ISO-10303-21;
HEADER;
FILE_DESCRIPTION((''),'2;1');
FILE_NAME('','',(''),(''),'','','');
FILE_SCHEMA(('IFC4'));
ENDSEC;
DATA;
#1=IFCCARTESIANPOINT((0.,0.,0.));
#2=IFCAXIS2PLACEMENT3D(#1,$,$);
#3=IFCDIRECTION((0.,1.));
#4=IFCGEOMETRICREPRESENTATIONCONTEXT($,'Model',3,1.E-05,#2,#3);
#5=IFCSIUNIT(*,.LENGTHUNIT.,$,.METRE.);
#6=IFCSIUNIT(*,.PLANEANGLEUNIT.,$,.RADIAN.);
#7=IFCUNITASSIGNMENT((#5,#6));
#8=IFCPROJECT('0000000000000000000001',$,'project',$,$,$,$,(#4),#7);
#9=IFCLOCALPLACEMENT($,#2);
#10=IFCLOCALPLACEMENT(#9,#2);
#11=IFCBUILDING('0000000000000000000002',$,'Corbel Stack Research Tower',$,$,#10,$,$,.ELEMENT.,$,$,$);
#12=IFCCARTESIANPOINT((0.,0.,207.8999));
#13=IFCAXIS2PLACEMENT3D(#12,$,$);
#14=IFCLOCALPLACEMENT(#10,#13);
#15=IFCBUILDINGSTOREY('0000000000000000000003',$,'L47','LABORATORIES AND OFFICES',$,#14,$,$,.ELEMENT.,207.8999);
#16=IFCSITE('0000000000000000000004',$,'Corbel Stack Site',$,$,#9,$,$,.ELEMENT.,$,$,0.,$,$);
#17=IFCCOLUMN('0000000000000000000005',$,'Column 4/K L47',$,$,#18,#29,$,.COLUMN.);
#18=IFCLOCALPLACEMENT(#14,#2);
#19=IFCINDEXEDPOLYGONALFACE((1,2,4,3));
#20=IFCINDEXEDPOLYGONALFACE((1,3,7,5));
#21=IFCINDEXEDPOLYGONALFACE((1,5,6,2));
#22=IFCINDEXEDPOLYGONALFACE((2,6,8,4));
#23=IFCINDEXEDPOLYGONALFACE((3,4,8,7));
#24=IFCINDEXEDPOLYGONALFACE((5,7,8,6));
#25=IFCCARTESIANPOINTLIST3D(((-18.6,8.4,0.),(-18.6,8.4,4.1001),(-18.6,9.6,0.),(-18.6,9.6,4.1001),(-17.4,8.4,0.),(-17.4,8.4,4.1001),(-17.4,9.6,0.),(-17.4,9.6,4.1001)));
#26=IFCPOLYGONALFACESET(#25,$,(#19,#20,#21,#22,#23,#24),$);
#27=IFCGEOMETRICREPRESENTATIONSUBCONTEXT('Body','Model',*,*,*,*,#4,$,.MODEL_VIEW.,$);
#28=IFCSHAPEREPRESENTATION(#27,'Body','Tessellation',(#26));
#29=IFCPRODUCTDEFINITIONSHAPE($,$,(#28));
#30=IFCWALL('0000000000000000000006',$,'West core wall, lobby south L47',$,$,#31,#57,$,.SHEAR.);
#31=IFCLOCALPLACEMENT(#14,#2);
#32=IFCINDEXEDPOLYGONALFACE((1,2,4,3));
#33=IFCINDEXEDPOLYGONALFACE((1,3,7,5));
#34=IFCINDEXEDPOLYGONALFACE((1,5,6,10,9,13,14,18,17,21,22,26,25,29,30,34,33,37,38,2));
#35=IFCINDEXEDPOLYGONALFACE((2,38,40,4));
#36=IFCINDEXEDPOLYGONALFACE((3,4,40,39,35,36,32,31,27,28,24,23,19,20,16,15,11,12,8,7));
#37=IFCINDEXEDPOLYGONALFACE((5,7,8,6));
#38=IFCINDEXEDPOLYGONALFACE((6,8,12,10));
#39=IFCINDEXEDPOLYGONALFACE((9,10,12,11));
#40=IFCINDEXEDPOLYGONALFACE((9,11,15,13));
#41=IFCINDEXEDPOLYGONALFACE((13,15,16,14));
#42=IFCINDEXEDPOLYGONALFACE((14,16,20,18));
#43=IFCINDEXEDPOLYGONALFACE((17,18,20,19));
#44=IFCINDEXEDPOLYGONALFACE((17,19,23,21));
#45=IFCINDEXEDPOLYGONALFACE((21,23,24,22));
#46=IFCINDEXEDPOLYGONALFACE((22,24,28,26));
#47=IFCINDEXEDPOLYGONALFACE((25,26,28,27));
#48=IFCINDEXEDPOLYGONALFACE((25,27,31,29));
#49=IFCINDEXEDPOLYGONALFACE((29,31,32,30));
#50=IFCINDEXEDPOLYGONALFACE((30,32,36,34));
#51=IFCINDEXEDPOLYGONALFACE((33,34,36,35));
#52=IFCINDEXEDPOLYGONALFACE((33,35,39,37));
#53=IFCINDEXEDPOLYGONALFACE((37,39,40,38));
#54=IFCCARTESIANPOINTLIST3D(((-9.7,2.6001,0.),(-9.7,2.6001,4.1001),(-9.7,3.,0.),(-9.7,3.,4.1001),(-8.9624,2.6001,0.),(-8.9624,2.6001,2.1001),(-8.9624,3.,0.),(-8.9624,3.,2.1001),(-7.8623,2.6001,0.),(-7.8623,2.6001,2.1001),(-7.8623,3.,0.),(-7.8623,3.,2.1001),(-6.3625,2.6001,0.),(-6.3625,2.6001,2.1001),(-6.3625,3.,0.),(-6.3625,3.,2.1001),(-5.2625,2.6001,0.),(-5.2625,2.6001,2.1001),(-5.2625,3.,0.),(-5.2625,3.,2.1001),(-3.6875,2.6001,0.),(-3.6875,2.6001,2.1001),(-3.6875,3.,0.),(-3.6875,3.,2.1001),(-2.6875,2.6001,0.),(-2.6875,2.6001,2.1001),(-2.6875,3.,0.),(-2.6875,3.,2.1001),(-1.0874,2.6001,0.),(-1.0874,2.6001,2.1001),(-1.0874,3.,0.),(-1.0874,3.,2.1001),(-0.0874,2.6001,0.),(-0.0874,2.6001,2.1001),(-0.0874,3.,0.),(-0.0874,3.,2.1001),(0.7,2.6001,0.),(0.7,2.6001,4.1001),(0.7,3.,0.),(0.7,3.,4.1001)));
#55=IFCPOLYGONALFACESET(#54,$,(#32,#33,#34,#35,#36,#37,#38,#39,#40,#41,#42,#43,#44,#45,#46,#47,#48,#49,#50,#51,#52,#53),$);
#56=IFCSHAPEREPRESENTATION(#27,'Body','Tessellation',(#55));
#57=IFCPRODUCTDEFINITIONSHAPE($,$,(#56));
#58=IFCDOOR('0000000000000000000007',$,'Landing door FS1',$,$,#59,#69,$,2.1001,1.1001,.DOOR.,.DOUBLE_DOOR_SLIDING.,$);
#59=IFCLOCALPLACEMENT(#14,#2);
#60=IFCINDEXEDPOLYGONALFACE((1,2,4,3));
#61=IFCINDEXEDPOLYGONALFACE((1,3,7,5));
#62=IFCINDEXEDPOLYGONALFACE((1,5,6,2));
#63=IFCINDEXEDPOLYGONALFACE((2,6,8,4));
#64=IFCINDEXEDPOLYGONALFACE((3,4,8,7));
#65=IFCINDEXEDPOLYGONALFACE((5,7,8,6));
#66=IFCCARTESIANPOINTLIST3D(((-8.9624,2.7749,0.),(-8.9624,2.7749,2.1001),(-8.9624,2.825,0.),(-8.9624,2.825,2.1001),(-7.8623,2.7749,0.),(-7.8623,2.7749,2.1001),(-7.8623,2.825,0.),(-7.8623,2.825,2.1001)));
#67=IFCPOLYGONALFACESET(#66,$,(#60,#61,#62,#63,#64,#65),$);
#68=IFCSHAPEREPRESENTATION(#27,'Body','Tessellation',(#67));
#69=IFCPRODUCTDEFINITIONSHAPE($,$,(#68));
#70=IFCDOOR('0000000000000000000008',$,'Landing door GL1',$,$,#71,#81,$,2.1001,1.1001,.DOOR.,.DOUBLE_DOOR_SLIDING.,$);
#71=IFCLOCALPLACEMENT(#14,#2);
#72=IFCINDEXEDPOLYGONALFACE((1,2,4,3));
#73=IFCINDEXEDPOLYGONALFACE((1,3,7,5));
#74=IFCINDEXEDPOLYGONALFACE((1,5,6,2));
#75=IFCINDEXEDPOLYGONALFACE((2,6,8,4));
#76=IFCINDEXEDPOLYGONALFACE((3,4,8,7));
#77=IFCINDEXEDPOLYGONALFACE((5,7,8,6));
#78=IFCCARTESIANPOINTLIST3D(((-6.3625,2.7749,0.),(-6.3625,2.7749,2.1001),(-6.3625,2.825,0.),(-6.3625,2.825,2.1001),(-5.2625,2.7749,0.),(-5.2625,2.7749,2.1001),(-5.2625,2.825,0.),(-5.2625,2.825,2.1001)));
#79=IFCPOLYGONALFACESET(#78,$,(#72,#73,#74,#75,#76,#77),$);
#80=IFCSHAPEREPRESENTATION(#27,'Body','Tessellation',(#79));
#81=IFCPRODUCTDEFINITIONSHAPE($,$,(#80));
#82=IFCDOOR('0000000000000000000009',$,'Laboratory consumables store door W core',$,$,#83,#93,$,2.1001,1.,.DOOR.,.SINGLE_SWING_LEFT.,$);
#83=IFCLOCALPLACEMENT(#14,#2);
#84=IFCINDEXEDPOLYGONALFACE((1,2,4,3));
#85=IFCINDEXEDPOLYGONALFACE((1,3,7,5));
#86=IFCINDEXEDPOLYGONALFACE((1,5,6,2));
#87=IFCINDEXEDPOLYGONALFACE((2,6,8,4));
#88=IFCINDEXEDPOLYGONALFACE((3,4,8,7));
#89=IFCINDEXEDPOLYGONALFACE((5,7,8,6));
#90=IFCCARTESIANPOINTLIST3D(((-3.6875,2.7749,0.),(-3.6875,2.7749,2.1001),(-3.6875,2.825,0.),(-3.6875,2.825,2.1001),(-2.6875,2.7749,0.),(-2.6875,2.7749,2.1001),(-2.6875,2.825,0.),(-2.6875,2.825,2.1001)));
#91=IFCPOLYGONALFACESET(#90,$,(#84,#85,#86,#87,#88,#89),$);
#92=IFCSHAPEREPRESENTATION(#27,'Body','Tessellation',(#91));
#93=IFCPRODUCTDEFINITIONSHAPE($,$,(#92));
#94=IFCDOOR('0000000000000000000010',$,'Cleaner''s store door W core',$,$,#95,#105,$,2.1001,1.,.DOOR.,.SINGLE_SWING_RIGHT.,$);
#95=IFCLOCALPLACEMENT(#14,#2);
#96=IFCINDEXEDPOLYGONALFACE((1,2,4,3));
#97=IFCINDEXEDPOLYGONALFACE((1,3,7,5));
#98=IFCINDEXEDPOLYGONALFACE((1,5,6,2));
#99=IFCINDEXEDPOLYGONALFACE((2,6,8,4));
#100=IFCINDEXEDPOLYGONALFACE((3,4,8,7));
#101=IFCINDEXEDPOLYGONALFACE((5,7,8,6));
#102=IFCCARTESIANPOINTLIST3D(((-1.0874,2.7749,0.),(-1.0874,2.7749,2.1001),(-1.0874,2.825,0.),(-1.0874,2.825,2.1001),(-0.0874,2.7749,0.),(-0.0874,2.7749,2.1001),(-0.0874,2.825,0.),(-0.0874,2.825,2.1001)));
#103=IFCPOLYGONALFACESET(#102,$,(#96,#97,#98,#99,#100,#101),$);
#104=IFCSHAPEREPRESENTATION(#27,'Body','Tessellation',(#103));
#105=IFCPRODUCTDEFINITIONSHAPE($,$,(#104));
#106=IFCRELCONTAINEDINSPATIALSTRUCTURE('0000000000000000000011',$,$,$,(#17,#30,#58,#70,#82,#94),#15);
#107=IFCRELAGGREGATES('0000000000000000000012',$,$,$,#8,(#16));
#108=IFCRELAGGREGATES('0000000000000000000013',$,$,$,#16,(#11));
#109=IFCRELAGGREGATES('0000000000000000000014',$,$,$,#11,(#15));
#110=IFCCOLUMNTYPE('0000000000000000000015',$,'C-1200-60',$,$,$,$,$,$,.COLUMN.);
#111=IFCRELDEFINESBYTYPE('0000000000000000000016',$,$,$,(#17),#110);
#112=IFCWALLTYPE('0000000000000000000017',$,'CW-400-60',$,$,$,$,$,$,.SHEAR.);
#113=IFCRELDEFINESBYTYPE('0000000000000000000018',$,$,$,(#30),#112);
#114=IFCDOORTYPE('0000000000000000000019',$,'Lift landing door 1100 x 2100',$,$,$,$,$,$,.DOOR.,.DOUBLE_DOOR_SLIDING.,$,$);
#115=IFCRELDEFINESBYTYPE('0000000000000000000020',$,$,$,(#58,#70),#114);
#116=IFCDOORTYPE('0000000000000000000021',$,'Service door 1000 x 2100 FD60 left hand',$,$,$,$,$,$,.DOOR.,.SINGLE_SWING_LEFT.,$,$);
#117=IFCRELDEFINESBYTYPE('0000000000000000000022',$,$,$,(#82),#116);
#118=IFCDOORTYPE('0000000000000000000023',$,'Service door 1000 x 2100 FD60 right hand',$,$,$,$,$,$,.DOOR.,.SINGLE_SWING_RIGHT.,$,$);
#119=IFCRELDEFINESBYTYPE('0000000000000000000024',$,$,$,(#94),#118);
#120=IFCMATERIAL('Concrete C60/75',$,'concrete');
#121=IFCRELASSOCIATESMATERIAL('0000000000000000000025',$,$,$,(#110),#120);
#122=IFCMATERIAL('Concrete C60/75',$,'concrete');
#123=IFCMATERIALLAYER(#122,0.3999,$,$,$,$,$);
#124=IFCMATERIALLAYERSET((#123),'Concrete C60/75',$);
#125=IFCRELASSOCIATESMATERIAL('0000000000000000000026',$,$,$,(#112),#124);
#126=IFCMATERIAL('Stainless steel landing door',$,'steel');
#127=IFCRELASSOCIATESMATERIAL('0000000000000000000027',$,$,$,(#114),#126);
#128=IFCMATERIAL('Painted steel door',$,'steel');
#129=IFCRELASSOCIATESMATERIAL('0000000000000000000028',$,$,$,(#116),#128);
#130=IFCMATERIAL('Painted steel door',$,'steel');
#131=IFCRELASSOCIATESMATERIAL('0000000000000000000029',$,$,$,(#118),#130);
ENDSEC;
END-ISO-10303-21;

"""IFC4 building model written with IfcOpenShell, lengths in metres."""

from ifc_helpers import new_model, si_unit, direction, frame, frame_2d, origin, origin_2d, place, context, subcontext, project, spatial, rectangle, extrude, material, layer, layer_set, material_profile, profile_set, type_object, element, fill, save


model = new_model("IFC4")

# Units and contexts
model_context = context("Model", 3, precision=1e-05, world=origin(), true_north=direction((0.0, 1.0)))
body_context = subcontext(model_context, "Body", "Model", "MODEL_VIEW")
ifc_project = project(units=[si_unit("LENGTHUNIT", "METRE"), si_unit("PLANEANGLEUNIT", "RADIAN")], contexts=[model_context])

# Site, building, storey
site_placement = place(None, origin())
site = spatial("IfcSite", under=ifc_project, at=site_placement, Name="Corbel Stack Site", CompositionType="ELEMENT", RefElevation=0.0)
building_placement = place(site_placement, origin())
building = spatial("IfcBuilding", under=site, at=building_placement, Name="Corbel Stack Research Tower", CompositionType="ELEMENT")
storey_placement = place(building_placement, frame((0.0, 0.0, 207.8999)))
storey = spatial("IfcBuildingStorey", under=building, at=storey_placement, Name="L47", Description="LABORATORIES AND OFFICES", CompositionType="ELEMENT", Elevation=207.8999)

# Column
ifc_material_1 = material(Name="Concrete C60/75", Category="concrete")
ifc_material_profile = material_profile(ifc_material_1, rectangle(XDim=1.2, YDim=1.2, at=origin_2d()), Name="RC 1200 x 1200")
ifc_profile_set = profile_set([ifc_material_profile], Name="Concrete C60/75")
column_type = type_object("IfcColumnType", Name="C-1200-60", PredefinedType="COLUMN", material=ifc_profile_set)
column_placement = place(storey_placement, frame((-18.0, 9.0, 0.0), z_axis=(0.0, 0.0, 1.0), x_axis=(1.0, 0.0, 0.0)))
element("IfcColumn", 1, at=column_placement, inside=storey, type_object=column_type, Name="Column 4/K L47", PredefinedType="COLUMN", context=body_context, shape_type="SweptSolid", body=[
    extrude(rectangle(XDim=1.2, YDim=1.2, at=origin_2d()), origin(), (0.0, 0.0, 1.0), 4.1001),
])

# Wall, openings, doors
ifc_material_2 = material(Name="Concrete C60/75", Category="concrete")
ifc_layer_1 = layer(ifc_material_2, 0.3999)
ifc_layer_set_1 = layer_set([ifc_layer_1], Name="Concrete C60/75")
wall_type_1 = type_object("IfcWallType", Name="CW-400-60", PredefinedType="SHEAR", material=ifc_layer_set_1)
wall_1_placement = place(storey_placement, frame((-9.7, 2.8, 0.0), z_axis=(0.0, 0.0, 1.0), x_axis=(1.0, 0.0, 0.0)))
wall_1 = element("IfcWall", 2, at=wall_1_placement, inside=storey, type_object=wall_type_1, Name="West core wall, lobby south L47", PredefinedType="SHEAR", context=body_context, shape_type="SweptSolid", body=[
    extrude(rectangle(XDim=10.3999, YDim=0.3999, at=frame_2d((5.2, 0.0))), origin(), (0.0, 0.0, 1.0), 4.1001),
])
opening_1_placement = place(wall_1_placement, frame((0.7375, 0.0, 0.0)))
opening_1 = element("IfcOpeningElement", 3, at=opening_1_placement, cuts=wall_1, PredefinedType="OPENING", context=body_context, shape_type="SweptSolid", body=[
    extrude(rectangle(XDim=1.1001, YDim=2.1001, at=frame_2d((0.55, 1.05))), frame((0.0, 0.21, 0.0), z_axis=(0.0, -1.0, 0.0), x_axis=(1.0, 0.0, 0.0)), (0.0, 0.0, 1.0), 0.4199),
])
opening_2_placement = place(wall_1_placement, frame((3.3374, 0.0, 0.0)))
opening_2 = element("IfcOpeningElement", 4, at=opening_2_placement, cuts=wall_1, PredefinedType="OPENING", context=body_context, shape_type="SweptSolid", body=[
    extrude(rectangle(XDim=1.1001, YDim=2.1001, at=frame_2d((0.55, 1.05))), frame((0.0, 0.21, 0.0), z_axis=(0.0, -1.0, 0.0), x_axis=(1.0, 0.0, 0.0)), (0.0, 0.0, 1.0), 0.4199),
])
opening_3_placement = place(wall_1_placement, frame((6.0125, 0.0, 0.0)))
opening_3 = element("IfcOpeningElement", 5, at=opening_3_placement, cuts=wall_1, PredefinedType="OPENING", context=body_context, shape_type="SweptSolid", body=[
    extrude(rectangle(XDim=1.0, YDim=2.1001, at=frame_2d((0.5, 1.05))), frame((0.0, 0.21, 0.0), z_axis=(0.0, -1.0, 0.0), x_axis=(1.0, 0.0, 0.0)), (0.0, 0.0, 1.0), 0.4199),
])
opening_4_placement = place(wall_1_placement, frame((8.6125, 0.0, 0.0)))
opening_4 = element("IfcOpeningElement", 6, at=opening_4_placement, cuts=wall_1, PredefinedType="OPENING", context=body_context, shape_type="SweptSolid", body=[
    extrude(rectangle(XDim=1.0, YDim=2.1001, at=frame_2d((0.5, 1.05))), frame((0.0, 0.21, 0.0), z_axis=(0.0, -1.0, 0.0), x_axis=(1.0, 0.0, 0.0)), (0.0, 0.0, 1.0), 0.4199),
])
ifc_material_3 = material(Name="Stainless steel landing door", Category="steel")
door_type_1 = type_object("IfcDoorType", Name="Lift landing door 1100 x 2100", OperationType="DOUBLE_DOOR_SLIDING", PredefinedType="DOOR", material=ifc_material_3)
door_1_placement = place(opening_1_placement, origin())
door_1 = element("IfcDoor", 7, at=door_1_placement, inside=storey, type_object=door_type_1, Name="Landing door FS1", OperationType="DOUBLE_DOOR_SLIDING", OverallHeight=2.1001, OverallWidth=1.1001, PredefinedType="DOOR", context=body_context, shape_type="SweptSolid", body=[
    extrude(rectangle(XDim=1.1001, YDim=2.1001, at=frame_2d((0.55, 1.05))), frame((0.0, 0.0249, 0.0), z_axis=(0.0, -1.0, 0.0), x_axis=(1.0, 0.0, 0.0)), (0.0, 0.0, 1.0), 0.05),
])
fill(opening_1, door_1)
door_2_placement = place(opening_2_placement, origin())
door_2 = element("IfcDoor", 8, at=door_2_placement, inside=storey, type_object=door_type_1, Name="Landing door GL1", OperationType="DOUBLE_DOOR_SLIDING", OverallHeight=2.1001, OverallWidth=1.1001, PredefinedType="DOOR", context=body_context, shape_type="SweptSolid", body=[
    extrude(rectangle(XDim=1.1001, YDim=2.1001, at=frame_2d((0.55, 1.05))), frame((0.0, 0.0249, 0.0), z_axis=(0.0, -1.0, 0.0), x_axis=(1.0, 0.0, 0.0)), (0.0, 0.0, 1.0), 0.05),
])
fill(opening_2, door_2)
ifc_material_4 = material(Name="Painted steel door", Category="steel")
door_type_2 = type_object("IfcDoorType", Name="Service door 1000 x 2100 FD60 left hand", OperationType="SINGLE_SWING_LEFT", PredefinedType="DOOR", material=ifc_material_4)
door_3_placement = place(opening_3_placement, origin())
door_3 = element("IfcDoor", 9, at=door_3_placement, inside=storey, type_object=door_type_2, Name="Laboratory consumables store door W core", OperationType="SINGLE_SWING_LEFT", OverallHeight=2.1001, OverallWidth=1.0, PredefinedType="DOOR", context=body_context, shape_type="SweptSolid", body=[
    extrude(rectangle(XDim=1.0, YDim=2.1001, at=frame_2d((0.5, 1.05))), frame((0.0, 0.0249, 0.0), z_axis=(0.0, -1.0, 0.0), x_axis=(1.0, 0.0, 0.0)), (0.0, 0.0, 1.0), 0.05),
])
fill(opening_3, door_3)
ifc_material_5 = material(Name="Painted steel door", Category="steel")
door_type_3 = type_object("IfcDoorType", Name="Service door 1000 x 2100 FD60 right hand", OperationType="SINGLE_SWING_RIGHT", PredefinedType="DOOR", material=ifc_material_5)
door_4_placement = place(opening_4_placement, origin())
door_4 = element("IfcDoor", 10, at=door_4_placement, inside=storey, type_object=door_type_3, Name="Cleaner's store door W core", OperationType="SINGLE_SWING_RIGHT", OverallHeight=2.1001, OverallWidth=1.0, PredefinedType="DOOR", context=body_context, shape_type="SweptSolid", body=[
    extrude(rectangle(XDim=1.0, YDim=2.1001, at=frame_2d((0.5, 1.05))), frame((0.0, 0.0249, 0.0), z_axis=(0.0, -1.0, 0.0), x_axis=(1.0, 0.0, 0.0)), (0.0, 0.0, 1.0), 0.05),
])
fill(opening_4, door_4)

save(model, "model.ifc")
